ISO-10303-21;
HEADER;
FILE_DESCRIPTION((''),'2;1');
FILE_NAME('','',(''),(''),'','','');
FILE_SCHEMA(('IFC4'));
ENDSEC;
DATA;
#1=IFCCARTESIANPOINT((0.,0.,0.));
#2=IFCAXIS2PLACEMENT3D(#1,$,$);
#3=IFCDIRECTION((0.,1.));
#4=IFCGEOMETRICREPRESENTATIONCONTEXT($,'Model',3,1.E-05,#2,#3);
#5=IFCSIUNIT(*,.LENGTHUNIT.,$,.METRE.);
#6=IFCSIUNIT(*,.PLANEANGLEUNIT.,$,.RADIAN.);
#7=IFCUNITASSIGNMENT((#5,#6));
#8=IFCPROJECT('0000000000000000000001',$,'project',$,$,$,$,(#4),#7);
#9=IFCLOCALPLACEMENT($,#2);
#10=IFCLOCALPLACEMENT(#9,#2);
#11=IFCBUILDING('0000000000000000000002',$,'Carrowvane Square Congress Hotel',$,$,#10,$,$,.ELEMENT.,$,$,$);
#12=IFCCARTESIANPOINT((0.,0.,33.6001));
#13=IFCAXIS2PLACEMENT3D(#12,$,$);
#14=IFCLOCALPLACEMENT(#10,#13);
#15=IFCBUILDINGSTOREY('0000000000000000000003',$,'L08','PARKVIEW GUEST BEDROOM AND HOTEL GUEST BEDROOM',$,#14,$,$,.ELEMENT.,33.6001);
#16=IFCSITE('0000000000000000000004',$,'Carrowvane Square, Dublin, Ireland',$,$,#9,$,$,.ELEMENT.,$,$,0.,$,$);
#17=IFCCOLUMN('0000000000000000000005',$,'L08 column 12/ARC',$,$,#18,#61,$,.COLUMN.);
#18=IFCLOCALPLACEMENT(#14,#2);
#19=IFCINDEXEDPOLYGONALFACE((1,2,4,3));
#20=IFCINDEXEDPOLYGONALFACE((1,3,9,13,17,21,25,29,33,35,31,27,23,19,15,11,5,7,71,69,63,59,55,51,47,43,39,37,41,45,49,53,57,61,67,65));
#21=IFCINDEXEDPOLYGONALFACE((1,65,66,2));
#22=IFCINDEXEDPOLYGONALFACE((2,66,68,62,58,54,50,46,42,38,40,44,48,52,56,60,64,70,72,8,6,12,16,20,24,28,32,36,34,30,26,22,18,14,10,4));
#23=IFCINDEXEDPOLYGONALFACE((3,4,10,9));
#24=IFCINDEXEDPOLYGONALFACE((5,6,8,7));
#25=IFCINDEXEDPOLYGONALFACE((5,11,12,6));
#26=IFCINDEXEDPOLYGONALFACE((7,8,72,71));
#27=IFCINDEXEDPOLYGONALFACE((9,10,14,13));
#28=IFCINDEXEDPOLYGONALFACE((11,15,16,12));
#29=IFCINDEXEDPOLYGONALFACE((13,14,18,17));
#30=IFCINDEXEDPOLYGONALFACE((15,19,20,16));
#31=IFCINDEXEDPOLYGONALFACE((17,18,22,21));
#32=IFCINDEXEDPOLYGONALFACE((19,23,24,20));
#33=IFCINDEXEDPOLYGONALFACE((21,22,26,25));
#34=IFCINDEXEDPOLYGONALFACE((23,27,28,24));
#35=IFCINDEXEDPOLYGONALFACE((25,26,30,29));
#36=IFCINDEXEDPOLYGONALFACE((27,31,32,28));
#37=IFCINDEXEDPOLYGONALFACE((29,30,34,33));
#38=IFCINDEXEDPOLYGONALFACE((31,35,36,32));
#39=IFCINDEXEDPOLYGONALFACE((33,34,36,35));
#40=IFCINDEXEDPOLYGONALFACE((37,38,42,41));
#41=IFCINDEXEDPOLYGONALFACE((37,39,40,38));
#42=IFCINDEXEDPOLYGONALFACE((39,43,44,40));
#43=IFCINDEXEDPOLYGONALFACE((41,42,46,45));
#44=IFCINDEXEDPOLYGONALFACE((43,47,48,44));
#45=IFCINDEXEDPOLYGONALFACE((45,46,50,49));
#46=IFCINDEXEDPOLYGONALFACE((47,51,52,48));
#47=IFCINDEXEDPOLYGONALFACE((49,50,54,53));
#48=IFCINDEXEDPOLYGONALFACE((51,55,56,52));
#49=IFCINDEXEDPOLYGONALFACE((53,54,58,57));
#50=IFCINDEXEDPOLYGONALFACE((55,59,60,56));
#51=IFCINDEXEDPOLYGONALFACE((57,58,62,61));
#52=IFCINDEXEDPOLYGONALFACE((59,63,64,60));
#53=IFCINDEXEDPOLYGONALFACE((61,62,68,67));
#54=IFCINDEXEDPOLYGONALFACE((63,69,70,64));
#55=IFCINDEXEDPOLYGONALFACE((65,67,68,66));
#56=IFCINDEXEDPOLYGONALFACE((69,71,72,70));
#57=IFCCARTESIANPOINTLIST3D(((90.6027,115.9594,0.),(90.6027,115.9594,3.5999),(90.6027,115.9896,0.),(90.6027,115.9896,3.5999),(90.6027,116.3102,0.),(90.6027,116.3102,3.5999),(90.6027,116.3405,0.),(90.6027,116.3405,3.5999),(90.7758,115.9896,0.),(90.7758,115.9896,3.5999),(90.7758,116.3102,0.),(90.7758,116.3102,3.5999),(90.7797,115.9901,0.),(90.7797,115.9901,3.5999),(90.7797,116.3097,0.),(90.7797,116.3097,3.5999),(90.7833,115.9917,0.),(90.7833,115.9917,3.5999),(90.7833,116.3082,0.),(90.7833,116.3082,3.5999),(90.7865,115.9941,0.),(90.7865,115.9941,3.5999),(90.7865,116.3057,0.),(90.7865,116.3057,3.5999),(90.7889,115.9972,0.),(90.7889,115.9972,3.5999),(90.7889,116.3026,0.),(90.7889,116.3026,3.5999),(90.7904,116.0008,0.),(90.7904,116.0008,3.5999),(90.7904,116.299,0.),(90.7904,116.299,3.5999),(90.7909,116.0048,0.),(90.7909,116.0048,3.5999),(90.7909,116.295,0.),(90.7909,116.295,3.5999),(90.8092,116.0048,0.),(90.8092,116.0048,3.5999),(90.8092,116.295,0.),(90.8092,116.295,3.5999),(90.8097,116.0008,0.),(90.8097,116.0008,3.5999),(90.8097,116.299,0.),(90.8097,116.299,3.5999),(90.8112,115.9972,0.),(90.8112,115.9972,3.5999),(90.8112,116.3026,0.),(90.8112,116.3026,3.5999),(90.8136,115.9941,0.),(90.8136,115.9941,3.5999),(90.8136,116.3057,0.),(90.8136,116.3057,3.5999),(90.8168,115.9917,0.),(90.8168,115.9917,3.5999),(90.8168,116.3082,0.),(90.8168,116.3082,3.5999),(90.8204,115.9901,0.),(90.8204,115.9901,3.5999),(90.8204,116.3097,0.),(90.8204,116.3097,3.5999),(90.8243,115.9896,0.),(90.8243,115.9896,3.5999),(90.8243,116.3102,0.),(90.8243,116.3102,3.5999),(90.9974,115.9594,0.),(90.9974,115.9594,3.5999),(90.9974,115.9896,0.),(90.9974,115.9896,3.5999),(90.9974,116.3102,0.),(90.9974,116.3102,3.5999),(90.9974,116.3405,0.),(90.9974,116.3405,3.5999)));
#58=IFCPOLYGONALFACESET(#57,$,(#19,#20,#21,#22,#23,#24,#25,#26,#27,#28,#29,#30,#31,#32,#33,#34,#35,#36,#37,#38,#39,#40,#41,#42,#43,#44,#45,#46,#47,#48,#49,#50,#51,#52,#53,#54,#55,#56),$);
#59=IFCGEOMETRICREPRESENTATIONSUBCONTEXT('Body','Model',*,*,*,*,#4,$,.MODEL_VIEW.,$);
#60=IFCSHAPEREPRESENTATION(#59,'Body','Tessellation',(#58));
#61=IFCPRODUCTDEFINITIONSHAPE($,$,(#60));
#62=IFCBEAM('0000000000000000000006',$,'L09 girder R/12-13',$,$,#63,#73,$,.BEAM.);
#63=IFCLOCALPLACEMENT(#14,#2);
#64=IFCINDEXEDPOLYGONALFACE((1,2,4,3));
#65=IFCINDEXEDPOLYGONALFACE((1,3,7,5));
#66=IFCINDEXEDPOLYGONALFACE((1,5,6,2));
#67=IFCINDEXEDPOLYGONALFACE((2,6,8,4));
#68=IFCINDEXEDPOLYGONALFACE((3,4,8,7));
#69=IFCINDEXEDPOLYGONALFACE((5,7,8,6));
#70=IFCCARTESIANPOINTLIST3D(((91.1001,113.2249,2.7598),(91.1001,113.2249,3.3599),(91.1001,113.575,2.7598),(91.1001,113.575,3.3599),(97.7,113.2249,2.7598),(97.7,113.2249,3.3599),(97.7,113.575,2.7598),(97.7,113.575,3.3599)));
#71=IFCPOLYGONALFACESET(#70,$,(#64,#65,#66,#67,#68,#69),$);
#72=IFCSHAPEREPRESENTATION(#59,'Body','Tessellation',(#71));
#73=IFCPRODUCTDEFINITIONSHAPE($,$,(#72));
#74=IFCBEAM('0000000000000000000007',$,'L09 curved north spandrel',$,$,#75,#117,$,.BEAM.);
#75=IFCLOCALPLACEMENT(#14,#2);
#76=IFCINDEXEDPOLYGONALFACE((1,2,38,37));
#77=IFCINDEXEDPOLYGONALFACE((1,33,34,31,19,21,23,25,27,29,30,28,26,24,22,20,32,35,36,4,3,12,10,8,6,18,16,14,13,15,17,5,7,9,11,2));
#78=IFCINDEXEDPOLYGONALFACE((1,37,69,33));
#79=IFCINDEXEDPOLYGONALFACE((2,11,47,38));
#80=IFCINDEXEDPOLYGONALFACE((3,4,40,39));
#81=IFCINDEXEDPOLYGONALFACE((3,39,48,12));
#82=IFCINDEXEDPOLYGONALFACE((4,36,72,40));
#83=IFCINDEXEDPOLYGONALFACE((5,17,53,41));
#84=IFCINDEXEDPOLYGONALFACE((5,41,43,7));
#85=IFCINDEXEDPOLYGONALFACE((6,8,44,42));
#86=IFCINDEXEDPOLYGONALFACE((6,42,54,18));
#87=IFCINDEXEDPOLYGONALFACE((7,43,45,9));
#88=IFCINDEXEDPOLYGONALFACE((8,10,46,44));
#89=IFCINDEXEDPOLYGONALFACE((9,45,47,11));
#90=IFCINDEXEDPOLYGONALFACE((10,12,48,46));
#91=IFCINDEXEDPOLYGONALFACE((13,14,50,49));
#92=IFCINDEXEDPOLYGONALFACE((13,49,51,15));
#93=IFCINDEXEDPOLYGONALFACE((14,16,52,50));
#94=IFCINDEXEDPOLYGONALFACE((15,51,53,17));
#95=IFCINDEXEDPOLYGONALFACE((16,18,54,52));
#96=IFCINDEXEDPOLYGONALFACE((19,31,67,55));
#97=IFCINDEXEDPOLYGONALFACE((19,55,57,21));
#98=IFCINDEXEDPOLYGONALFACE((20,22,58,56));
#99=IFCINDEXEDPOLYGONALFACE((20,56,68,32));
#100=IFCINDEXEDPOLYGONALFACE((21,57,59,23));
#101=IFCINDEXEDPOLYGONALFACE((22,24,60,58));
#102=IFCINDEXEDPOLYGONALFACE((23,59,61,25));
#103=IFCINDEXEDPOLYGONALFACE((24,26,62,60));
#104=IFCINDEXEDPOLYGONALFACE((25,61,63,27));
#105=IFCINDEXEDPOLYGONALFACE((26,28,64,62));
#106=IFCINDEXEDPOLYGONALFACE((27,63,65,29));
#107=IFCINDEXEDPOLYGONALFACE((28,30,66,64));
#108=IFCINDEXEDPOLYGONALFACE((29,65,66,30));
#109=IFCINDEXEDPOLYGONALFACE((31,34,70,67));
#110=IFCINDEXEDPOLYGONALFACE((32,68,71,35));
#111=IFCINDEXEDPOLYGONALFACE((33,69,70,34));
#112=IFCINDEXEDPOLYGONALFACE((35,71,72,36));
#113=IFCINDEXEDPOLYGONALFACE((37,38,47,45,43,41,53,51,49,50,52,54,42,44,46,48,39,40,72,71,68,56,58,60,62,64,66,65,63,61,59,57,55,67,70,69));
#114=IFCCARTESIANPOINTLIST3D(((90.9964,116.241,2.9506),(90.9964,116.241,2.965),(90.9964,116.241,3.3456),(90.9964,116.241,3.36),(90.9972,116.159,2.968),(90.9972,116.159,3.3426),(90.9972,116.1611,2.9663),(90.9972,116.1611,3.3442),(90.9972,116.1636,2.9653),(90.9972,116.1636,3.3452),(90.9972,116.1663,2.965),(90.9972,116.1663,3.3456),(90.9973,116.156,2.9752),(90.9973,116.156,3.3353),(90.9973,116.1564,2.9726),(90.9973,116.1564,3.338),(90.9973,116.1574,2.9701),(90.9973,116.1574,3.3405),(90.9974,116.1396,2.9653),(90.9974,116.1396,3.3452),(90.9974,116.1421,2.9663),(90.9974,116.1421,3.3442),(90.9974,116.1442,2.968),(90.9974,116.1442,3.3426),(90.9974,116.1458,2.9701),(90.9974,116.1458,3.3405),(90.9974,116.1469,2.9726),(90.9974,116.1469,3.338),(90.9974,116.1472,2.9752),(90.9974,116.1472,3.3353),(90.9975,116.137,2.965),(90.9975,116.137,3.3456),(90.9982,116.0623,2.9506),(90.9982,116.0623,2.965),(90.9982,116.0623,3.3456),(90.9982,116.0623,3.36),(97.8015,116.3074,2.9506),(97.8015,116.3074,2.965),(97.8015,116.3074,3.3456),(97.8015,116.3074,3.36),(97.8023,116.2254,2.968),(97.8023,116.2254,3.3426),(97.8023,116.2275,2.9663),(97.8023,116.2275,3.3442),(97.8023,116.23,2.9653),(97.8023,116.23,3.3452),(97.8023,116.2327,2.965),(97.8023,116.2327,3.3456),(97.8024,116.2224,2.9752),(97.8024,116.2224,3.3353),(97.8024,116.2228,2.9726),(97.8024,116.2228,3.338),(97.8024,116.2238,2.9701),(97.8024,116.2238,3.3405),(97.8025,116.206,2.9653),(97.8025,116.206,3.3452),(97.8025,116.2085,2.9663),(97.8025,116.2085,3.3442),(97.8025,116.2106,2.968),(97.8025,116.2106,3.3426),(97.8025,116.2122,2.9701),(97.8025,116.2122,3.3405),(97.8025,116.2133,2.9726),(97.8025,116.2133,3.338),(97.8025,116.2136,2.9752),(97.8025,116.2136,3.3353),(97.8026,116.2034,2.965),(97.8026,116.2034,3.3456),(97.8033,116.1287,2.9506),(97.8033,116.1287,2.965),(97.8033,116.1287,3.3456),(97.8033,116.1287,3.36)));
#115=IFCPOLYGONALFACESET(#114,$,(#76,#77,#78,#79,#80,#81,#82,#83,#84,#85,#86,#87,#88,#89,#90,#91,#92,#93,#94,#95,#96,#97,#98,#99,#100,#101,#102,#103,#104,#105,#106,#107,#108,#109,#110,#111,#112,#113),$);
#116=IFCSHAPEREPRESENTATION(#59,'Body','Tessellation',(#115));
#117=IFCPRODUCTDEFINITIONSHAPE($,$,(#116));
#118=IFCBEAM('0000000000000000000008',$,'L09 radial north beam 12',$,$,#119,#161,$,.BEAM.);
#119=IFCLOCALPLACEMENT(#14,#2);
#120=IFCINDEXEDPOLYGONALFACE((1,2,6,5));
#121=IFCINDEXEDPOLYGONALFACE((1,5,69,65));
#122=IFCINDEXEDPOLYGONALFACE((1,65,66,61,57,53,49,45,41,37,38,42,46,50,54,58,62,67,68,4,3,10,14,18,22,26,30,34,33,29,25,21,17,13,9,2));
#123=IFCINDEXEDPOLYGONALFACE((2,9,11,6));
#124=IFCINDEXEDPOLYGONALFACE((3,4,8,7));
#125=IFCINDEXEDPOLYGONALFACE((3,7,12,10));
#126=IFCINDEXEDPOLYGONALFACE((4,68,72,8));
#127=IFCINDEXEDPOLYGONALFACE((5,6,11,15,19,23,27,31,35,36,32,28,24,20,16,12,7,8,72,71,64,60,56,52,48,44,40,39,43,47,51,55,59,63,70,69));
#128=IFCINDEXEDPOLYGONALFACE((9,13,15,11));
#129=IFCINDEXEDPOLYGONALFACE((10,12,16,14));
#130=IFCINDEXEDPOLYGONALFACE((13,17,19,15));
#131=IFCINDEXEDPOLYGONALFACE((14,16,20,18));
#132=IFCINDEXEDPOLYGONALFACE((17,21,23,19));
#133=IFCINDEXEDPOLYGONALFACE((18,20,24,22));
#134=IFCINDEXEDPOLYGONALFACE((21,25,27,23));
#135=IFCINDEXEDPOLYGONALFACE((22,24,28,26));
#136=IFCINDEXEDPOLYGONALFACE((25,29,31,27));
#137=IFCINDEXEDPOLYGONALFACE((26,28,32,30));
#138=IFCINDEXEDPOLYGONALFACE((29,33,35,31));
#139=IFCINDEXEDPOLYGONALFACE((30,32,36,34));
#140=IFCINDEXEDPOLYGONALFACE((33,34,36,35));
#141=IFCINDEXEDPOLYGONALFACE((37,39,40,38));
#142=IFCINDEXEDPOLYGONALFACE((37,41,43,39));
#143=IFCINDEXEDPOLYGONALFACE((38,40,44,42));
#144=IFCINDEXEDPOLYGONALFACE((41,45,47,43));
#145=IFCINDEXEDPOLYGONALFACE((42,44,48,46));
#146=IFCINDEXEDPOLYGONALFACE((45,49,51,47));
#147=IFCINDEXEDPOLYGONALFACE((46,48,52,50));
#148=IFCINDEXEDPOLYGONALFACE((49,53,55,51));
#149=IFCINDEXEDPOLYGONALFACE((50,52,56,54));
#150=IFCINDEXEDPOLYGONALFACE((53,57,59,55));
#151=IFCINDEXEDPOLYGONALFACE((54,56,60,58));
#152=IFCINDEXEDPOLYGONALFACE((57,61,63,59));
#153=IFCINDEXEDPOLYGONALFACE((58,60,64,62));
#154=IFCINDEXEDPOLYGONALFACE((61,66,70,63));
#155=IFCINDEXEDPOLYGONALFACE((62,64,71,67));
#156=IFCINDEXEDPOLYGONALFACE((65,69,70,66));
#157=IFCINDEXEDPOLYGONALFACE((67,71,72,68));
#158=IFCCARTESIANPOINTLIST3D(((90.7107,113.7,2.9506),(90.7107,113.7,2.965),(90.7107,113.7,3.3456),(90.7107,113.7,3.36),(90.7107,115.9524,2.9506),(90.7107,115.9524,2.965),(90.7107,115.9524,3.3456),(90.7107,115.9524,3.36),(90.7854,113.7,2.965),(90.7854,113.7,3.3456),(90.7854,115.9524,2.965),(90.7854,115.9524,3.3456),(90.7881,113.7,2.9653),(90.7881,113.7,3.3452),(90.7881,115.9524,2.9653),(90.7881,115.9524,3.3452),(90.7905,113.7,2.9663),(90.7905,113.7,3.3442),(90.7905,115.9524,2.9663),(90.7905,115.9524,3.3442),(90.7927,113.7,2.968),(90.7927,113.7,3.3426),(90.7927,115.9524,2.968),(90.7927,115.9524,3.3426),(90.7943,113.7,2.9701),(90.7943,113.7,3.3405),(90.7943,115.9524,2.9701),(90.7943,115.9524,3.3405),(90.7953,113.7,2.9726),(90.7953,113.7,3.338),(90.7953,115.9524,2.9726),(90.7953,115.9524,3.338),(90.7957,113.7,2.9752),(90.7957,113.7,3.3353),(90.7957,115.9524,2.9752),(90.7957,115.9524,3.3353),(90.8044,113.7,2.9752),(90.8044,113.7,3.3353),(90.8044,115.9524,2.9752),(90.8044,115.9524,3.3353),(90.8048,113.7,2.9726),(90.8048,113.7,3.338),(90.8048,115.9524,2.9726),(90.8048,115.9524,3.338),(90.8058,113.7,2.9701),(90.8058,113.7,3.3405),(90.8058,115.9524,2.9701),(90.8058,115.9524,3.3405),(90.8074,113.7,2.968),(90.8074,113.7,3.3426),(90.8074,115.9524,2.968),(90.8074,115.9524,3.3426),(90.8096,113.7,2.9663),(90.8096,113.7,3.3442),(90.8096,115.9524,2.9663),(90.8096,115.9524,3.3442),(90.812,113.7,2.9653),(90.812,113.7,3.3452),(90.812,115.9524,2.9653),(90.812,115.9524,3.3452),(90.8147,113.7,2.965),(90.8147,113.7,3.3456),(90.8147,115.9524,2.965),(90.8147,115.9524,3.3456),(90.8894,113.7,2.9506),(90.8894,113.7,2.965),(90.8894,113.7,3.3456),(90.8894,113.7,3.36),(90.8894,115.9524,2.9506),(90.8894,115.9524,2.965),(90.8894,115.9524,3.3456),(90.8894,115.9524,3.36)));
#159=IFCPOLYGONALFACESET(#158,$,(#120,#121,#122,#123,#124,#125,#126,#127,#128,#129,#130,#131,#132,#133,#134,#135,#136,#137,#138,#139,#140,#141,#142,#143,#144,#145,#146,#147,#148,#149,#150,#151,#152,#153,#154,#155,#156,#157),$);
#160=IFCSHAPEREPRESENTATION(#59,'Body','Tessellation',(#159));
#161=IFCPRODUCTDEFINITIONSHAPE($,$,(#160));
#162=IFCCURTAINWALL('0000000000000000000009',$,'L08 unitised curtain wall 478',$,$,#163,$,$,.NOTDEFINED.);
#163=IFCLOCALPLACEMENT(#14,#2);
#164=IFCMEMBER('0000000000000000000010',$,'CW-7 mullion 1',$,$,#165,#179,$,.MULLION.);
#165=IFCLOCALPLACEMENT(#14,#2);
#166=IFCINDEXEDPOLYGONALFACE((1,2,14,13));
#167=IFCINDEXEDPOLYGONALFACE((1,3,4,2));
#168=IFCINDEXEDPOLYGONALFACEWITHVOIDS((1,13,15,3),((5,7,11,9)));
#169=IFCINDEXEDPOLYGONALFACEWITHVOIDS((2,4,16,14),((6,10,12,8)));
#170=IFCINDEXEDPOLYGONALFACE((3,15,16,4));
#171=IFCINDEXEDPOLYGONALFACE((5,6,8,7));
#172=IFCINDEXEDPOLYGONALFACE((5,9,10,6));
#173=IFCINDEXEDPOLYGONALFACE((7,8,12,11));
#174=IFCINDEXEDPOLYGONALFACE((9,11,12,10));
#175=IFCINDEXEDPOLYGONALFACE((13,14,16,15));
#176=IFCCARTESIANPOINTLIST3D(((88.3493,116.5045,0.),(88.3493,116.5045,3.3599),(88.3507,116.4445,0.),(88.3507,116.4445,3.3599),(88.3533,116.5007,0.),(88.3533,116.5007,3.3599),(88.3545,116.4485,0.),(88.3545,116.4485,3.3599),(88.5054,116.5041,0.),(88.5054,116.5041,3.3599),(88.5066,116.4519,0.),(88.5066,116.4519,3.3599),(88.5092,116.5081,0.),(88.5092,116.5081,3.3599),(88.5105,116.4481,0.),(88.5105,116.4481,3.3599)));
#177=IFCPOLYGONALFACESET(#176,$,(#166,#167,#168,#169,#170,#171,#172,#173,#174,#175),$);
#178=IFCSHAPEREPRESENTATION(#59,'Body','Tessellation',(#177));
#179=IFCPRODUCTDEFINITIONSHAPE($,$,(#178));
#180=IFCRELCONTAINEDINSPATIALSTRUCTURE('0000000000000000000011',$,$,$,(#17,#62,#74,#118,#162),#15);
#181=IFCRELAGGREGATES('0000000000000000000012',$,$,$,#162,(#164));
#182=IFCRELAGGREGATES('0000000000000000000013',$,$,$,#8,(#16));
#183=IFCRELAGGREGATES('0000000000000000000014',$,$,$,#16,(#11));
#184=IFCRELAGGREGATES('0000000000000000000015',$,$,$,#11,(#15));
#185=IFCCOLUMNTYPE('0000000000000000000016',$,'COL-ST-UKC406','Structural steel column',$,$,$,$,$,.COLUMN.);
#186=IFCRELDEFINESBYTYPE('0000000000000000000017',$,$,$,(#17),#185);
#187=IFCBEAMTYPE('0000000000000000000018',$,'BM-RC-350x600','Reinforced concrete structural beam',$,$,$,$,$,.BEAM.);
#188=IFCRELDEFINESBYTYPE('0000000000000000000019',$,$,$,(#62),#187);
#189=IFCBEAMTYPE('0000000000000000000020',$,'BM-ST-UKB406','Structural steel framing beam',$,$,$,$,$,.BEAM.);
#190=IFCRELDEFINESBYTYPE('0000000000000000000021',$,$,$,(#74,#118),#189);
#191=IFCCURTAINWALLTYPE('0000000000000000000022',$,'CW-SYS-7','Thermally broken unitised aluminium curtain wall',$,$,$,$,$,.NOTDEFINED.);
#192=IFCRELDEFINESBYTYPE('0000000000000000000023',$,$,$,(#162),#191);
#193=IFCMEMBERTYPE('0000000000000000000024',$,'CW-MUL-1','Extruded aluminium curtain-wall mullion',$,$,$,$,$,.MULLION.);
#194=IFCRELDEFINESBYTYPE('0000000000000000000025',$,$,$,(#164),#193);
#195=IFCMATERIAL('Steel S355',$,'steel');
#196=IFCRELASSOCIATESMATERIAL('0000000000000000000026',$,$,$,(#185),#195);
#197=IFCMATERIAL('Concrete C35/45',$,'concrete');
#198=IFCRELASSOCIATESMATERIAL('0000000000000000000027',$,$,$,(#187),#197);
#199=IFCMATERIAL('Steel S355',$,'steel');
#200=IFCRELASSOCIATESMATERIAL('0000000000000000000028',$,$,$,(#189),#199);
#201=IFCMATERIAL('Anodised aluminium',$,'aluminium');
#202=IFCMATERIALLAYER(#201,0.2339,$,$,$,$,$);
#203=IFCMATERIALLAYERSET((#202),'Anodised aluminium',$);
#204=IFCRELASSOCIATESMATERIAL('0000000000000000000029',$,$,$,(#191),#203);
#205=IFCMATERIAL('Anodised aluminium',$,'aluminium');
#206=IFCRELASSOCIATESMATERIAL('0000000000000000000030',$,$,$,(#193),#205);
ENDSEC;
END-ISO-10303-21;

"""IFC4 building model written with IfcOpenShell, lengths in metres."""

from ifc_helpers import new_model, si_unit, direction, frame, origin, origin_2d, place, context, subcontext, project, spatial, rectangle, hollow_rectangle, i_section, extrude, material, layer, layer_set, material_profile, profile_set, type_object, element, aggregate, save


model = new_model("IFC4")

# Units and contexts
model_context = context("Model", 3, precision=1e-05, world=origin(), true_north=direction((0.0, 1.0)))
body_context = subcontext(model_context, "Body", "Model", "MODEL_VIEW")
ifc_project = project(units=[si_unit("LENGTHUNIT", "METRE"), si_unit("PLANEANGLEUNIT", "RADIAN")], contexts=[model_context])

# Site, building, storey
site_placement = place(None, origin())
site = spatial("IfcSite", under=ifc_project, at=site_placement, Name="Carrowvane Square, Dublin, Ireland", CompositionType="ELEMENT", RefElevation=0.0)
building_placement = place(site_placement, origin())
building = spatial("IfcBuilding", under=site, at=building_placement, Name="Carrowvane Square Congress Hotel", CompositionType="ELEMENT")
storey_placement = place(building_placement, frame((0.0, 0.0, 33.6001)))
storey = spatial("IfcBuildingStorey", under=building, at=storey_placement, Name="L08", Description="PARKVIEW GUEST BEDROOM AND HOTEL GUEST BEDROOM", CompositionType="ELEMENT", Elevation=33.6001)

# Column
ifc_material_1 = material(Name="Steel S355", Category="steel")
ifc_material_profile_1 = material_profile(ifc_material_1, i_section(OverallWidth=0.3948, OverallDepth=0.3811, WebThickness=0.0183, FlangeThickness=0.0303, FilletRadius=0.0151, at=origin_2d()), Name="UKC 356x406x235")
ifc_profile_set_1 = profile_set([ifc_material_profile_1], Name="Steel S355")
column_type = type_object("IfcColumnType", Name="COL-ST-UKC406", Description="Structural steel column", PredefinedType="COLUMN", material=ifc_profile_set_1)
column_placement = place(storey_placement, frame((90.8, 116.1499, 0.0), z_axis=(0.0, 0.0, 1.0), x_axis=(1.0, 0.0, 0.0)))
element("IfcColumn", 1, at=column_placement, inside=storey, type_object=column_type, Name="L08 column 12/ARC", PredefinedType="COLUMN", context=body_context, shape_type="SweptSolid", body=[
    extrude(i_section(OverallWidth=0.3948, OverallDepth=0.3811, WebThickness=0.0183, FlangeThickness=0.0303, FilletRadius=0.0151, at=origin_2d()), origin(), (0.0, 0.0, 1.0), 3.5999),
])

# Beams
ifc_material_2 = material(Name="Concrete C35/45", Category="concrete")
ifc_material_profile_2 = material_profile(ifc_material_2, rectangle(XDim=0.3501, YDim=0.6001, at=origin_2d()), Name="RC 350x600")
ifc_profile_set_2 = profile_set([ifc_material_profile_2], Name="Concrete C35/45")
beam_type_1 = type_object("IfcBeamType", Name="BM-RC-350x600", Description="Reinforced concrete structural beam", PredefinedType="BEAM", material=ifc_profile_set_2)
beam_1_placement = place(storey_placement, frame((91.1001, 113.3999, 3.0598), z_axis=(1.0, 0.0, 0.0), x_axis=(0.0, 1.0, 0.0)))
element("IfcBeam", 2, at=beam_1_placement, inside=storey, type_object=beam_type_1, Name="L09 girder R/12-13", PredefinedType="BEAM", context=body_context, shape_type="SweptSolid", body=[
    extrude(rectangle(XDim=0.3501, YDim=0.6001, at=origin_2d()), origin(), (0.0, 0.0, 1.0), 6.5999),
])
ifc_material_3 = material(Name="Steel S355", Category="steel")
ifc_material_profile_3 = material_profile(ifc_material_3, i_section(OverallWidth=0.1787, OverallDepth=0.4094, WebThickness=0.0088, FlangeThickness=0.0144, FilletRadius=0.0103, at=origin_2d()), Name="UKB 406x178x67")
ifc_profile_set_3 = profile_set([ifc_material_profile_3], Name="Steel S355")
beam_type_2 = type_object("IfcBeamType", Name="BM-ST-UKB406", Description="Structural steel framing beam", PredefinedType="BEAM", material=ifc_profile_set_3)
beam_2_placement = place(storey_placement, frame((90.9973, 116.1516, 3.1553), z_axis=(0.999952, 0.009758, 0.0), x_axis=(-0.009758, 0.999952, 0.0)))
element("IfcBeam", 3, at=beam_2_placement, inside=storey, type_object=beam_type_2, Name="L09 curved north spandrel", PredefinedType="BEAM", context=body_context, shape_type="SweptSolid", body=[
    extrude(i_section(OverallWidth=0.1787, OverallDepth=0.4094, WebThickness=0.0088, FlangeThickness=0.0144, FilletRadius=0.0103, at=origin_2d()), origin(), (0.0, 0.0, 1.0), 6.8054),
])
beam_3_placement = place(storey_placement, frame((90.8, 113.7, 3.1553), z_axis=(0.0, 1.0, 0.0), x_axis=(-1.0, 0.0, 0.0)))
element("IfcBeam", 4, at=beam_3_placement, inside=storey, type_object=beam_type_2, Name="L09 radial north beam 12", PredefinedType="BEAM", context=body_context, shape_type="SweptSolid", body=[
    extrude(i_section(OverallWidth=0.1787, OverallDepth=0.4094, WebThickness=0.0088, FlangeThickness=0.0144, FilletRadius=0.0103, at=origin_2d()), origin(), (0.0, 0.0, 1.0), 2.2524),
])

# Curtain wall, member
ifc_material_4 = material(Name="Anodised aluminium", Category="aluminium")
ifc_layer_1 = layer(ifc_material_4, 0.2339)
ifc_layer_set_1 = layer_set([ifc_layer_1], Name="Anodised aluminium")
curtain_wall_type_1 = type_object("IfcCurtainWallType", Name="CW-SYS-7", Description="Thermally broken unitised aluminium curtain wall", PredefinedType="NOTDEFINED", material=ifc_layer_set_1)
curtain_wall_1_placement = place(storey_placement, origin())
curtain_wall_1 = element("IfcCurtainWall", 5, at=curtain_wall_1_placement, inside=storey, type_object=curtain_wall_type_1, Name="L08 unitised curtain wall 478", PredefinedType="NOTDEFINED")
ifc_material_5 = material(Name="Anodised aluminium", Category="aluminium")
ifc_material_profile_4 = material_profile(ifc_material_5, hollow_rectangle(XDim=0.0601, YDim=0.1599, WallThickness=0.0039, at=origin_2d()), Name="CW-ML 60x160x4")
ifc_profile_set_4 = profile_set([ifc_material_profile_4], Name="Anodised aluminium")
member_type_1 = type_object("IfcMemberType", Name="CW-MUL-1", Description="Extruded aluminium curtain-wall mullion", PredefinedType="MULLION", material=ifc_profile_set_4)
member_1_placement = place(storey_placement, frame((88.4299, 116.4763, 0.0), z_axis=(0.0, 0.0, 1.0), x_axis=(-0.022518, 0.999746, 0.0)))
member_1 = element("IfcMember", 6, at=member_1_placement, type_object=member_type_1, Name="CW-7 mullion 1", PredefinedType="MULLION", context=body_context, shape_type="SweptSolid", body=[
    extrude(hollow_rectangle(XDim=0.0601, YDim=0.1599, WallThickness=0.0039, at=origin_2d()), origin(), (0.0, 0.0, 1.0), 3.3599),
])

aggregate(curtain_wall_1, [member_1])

save(model, "model.ifc")
